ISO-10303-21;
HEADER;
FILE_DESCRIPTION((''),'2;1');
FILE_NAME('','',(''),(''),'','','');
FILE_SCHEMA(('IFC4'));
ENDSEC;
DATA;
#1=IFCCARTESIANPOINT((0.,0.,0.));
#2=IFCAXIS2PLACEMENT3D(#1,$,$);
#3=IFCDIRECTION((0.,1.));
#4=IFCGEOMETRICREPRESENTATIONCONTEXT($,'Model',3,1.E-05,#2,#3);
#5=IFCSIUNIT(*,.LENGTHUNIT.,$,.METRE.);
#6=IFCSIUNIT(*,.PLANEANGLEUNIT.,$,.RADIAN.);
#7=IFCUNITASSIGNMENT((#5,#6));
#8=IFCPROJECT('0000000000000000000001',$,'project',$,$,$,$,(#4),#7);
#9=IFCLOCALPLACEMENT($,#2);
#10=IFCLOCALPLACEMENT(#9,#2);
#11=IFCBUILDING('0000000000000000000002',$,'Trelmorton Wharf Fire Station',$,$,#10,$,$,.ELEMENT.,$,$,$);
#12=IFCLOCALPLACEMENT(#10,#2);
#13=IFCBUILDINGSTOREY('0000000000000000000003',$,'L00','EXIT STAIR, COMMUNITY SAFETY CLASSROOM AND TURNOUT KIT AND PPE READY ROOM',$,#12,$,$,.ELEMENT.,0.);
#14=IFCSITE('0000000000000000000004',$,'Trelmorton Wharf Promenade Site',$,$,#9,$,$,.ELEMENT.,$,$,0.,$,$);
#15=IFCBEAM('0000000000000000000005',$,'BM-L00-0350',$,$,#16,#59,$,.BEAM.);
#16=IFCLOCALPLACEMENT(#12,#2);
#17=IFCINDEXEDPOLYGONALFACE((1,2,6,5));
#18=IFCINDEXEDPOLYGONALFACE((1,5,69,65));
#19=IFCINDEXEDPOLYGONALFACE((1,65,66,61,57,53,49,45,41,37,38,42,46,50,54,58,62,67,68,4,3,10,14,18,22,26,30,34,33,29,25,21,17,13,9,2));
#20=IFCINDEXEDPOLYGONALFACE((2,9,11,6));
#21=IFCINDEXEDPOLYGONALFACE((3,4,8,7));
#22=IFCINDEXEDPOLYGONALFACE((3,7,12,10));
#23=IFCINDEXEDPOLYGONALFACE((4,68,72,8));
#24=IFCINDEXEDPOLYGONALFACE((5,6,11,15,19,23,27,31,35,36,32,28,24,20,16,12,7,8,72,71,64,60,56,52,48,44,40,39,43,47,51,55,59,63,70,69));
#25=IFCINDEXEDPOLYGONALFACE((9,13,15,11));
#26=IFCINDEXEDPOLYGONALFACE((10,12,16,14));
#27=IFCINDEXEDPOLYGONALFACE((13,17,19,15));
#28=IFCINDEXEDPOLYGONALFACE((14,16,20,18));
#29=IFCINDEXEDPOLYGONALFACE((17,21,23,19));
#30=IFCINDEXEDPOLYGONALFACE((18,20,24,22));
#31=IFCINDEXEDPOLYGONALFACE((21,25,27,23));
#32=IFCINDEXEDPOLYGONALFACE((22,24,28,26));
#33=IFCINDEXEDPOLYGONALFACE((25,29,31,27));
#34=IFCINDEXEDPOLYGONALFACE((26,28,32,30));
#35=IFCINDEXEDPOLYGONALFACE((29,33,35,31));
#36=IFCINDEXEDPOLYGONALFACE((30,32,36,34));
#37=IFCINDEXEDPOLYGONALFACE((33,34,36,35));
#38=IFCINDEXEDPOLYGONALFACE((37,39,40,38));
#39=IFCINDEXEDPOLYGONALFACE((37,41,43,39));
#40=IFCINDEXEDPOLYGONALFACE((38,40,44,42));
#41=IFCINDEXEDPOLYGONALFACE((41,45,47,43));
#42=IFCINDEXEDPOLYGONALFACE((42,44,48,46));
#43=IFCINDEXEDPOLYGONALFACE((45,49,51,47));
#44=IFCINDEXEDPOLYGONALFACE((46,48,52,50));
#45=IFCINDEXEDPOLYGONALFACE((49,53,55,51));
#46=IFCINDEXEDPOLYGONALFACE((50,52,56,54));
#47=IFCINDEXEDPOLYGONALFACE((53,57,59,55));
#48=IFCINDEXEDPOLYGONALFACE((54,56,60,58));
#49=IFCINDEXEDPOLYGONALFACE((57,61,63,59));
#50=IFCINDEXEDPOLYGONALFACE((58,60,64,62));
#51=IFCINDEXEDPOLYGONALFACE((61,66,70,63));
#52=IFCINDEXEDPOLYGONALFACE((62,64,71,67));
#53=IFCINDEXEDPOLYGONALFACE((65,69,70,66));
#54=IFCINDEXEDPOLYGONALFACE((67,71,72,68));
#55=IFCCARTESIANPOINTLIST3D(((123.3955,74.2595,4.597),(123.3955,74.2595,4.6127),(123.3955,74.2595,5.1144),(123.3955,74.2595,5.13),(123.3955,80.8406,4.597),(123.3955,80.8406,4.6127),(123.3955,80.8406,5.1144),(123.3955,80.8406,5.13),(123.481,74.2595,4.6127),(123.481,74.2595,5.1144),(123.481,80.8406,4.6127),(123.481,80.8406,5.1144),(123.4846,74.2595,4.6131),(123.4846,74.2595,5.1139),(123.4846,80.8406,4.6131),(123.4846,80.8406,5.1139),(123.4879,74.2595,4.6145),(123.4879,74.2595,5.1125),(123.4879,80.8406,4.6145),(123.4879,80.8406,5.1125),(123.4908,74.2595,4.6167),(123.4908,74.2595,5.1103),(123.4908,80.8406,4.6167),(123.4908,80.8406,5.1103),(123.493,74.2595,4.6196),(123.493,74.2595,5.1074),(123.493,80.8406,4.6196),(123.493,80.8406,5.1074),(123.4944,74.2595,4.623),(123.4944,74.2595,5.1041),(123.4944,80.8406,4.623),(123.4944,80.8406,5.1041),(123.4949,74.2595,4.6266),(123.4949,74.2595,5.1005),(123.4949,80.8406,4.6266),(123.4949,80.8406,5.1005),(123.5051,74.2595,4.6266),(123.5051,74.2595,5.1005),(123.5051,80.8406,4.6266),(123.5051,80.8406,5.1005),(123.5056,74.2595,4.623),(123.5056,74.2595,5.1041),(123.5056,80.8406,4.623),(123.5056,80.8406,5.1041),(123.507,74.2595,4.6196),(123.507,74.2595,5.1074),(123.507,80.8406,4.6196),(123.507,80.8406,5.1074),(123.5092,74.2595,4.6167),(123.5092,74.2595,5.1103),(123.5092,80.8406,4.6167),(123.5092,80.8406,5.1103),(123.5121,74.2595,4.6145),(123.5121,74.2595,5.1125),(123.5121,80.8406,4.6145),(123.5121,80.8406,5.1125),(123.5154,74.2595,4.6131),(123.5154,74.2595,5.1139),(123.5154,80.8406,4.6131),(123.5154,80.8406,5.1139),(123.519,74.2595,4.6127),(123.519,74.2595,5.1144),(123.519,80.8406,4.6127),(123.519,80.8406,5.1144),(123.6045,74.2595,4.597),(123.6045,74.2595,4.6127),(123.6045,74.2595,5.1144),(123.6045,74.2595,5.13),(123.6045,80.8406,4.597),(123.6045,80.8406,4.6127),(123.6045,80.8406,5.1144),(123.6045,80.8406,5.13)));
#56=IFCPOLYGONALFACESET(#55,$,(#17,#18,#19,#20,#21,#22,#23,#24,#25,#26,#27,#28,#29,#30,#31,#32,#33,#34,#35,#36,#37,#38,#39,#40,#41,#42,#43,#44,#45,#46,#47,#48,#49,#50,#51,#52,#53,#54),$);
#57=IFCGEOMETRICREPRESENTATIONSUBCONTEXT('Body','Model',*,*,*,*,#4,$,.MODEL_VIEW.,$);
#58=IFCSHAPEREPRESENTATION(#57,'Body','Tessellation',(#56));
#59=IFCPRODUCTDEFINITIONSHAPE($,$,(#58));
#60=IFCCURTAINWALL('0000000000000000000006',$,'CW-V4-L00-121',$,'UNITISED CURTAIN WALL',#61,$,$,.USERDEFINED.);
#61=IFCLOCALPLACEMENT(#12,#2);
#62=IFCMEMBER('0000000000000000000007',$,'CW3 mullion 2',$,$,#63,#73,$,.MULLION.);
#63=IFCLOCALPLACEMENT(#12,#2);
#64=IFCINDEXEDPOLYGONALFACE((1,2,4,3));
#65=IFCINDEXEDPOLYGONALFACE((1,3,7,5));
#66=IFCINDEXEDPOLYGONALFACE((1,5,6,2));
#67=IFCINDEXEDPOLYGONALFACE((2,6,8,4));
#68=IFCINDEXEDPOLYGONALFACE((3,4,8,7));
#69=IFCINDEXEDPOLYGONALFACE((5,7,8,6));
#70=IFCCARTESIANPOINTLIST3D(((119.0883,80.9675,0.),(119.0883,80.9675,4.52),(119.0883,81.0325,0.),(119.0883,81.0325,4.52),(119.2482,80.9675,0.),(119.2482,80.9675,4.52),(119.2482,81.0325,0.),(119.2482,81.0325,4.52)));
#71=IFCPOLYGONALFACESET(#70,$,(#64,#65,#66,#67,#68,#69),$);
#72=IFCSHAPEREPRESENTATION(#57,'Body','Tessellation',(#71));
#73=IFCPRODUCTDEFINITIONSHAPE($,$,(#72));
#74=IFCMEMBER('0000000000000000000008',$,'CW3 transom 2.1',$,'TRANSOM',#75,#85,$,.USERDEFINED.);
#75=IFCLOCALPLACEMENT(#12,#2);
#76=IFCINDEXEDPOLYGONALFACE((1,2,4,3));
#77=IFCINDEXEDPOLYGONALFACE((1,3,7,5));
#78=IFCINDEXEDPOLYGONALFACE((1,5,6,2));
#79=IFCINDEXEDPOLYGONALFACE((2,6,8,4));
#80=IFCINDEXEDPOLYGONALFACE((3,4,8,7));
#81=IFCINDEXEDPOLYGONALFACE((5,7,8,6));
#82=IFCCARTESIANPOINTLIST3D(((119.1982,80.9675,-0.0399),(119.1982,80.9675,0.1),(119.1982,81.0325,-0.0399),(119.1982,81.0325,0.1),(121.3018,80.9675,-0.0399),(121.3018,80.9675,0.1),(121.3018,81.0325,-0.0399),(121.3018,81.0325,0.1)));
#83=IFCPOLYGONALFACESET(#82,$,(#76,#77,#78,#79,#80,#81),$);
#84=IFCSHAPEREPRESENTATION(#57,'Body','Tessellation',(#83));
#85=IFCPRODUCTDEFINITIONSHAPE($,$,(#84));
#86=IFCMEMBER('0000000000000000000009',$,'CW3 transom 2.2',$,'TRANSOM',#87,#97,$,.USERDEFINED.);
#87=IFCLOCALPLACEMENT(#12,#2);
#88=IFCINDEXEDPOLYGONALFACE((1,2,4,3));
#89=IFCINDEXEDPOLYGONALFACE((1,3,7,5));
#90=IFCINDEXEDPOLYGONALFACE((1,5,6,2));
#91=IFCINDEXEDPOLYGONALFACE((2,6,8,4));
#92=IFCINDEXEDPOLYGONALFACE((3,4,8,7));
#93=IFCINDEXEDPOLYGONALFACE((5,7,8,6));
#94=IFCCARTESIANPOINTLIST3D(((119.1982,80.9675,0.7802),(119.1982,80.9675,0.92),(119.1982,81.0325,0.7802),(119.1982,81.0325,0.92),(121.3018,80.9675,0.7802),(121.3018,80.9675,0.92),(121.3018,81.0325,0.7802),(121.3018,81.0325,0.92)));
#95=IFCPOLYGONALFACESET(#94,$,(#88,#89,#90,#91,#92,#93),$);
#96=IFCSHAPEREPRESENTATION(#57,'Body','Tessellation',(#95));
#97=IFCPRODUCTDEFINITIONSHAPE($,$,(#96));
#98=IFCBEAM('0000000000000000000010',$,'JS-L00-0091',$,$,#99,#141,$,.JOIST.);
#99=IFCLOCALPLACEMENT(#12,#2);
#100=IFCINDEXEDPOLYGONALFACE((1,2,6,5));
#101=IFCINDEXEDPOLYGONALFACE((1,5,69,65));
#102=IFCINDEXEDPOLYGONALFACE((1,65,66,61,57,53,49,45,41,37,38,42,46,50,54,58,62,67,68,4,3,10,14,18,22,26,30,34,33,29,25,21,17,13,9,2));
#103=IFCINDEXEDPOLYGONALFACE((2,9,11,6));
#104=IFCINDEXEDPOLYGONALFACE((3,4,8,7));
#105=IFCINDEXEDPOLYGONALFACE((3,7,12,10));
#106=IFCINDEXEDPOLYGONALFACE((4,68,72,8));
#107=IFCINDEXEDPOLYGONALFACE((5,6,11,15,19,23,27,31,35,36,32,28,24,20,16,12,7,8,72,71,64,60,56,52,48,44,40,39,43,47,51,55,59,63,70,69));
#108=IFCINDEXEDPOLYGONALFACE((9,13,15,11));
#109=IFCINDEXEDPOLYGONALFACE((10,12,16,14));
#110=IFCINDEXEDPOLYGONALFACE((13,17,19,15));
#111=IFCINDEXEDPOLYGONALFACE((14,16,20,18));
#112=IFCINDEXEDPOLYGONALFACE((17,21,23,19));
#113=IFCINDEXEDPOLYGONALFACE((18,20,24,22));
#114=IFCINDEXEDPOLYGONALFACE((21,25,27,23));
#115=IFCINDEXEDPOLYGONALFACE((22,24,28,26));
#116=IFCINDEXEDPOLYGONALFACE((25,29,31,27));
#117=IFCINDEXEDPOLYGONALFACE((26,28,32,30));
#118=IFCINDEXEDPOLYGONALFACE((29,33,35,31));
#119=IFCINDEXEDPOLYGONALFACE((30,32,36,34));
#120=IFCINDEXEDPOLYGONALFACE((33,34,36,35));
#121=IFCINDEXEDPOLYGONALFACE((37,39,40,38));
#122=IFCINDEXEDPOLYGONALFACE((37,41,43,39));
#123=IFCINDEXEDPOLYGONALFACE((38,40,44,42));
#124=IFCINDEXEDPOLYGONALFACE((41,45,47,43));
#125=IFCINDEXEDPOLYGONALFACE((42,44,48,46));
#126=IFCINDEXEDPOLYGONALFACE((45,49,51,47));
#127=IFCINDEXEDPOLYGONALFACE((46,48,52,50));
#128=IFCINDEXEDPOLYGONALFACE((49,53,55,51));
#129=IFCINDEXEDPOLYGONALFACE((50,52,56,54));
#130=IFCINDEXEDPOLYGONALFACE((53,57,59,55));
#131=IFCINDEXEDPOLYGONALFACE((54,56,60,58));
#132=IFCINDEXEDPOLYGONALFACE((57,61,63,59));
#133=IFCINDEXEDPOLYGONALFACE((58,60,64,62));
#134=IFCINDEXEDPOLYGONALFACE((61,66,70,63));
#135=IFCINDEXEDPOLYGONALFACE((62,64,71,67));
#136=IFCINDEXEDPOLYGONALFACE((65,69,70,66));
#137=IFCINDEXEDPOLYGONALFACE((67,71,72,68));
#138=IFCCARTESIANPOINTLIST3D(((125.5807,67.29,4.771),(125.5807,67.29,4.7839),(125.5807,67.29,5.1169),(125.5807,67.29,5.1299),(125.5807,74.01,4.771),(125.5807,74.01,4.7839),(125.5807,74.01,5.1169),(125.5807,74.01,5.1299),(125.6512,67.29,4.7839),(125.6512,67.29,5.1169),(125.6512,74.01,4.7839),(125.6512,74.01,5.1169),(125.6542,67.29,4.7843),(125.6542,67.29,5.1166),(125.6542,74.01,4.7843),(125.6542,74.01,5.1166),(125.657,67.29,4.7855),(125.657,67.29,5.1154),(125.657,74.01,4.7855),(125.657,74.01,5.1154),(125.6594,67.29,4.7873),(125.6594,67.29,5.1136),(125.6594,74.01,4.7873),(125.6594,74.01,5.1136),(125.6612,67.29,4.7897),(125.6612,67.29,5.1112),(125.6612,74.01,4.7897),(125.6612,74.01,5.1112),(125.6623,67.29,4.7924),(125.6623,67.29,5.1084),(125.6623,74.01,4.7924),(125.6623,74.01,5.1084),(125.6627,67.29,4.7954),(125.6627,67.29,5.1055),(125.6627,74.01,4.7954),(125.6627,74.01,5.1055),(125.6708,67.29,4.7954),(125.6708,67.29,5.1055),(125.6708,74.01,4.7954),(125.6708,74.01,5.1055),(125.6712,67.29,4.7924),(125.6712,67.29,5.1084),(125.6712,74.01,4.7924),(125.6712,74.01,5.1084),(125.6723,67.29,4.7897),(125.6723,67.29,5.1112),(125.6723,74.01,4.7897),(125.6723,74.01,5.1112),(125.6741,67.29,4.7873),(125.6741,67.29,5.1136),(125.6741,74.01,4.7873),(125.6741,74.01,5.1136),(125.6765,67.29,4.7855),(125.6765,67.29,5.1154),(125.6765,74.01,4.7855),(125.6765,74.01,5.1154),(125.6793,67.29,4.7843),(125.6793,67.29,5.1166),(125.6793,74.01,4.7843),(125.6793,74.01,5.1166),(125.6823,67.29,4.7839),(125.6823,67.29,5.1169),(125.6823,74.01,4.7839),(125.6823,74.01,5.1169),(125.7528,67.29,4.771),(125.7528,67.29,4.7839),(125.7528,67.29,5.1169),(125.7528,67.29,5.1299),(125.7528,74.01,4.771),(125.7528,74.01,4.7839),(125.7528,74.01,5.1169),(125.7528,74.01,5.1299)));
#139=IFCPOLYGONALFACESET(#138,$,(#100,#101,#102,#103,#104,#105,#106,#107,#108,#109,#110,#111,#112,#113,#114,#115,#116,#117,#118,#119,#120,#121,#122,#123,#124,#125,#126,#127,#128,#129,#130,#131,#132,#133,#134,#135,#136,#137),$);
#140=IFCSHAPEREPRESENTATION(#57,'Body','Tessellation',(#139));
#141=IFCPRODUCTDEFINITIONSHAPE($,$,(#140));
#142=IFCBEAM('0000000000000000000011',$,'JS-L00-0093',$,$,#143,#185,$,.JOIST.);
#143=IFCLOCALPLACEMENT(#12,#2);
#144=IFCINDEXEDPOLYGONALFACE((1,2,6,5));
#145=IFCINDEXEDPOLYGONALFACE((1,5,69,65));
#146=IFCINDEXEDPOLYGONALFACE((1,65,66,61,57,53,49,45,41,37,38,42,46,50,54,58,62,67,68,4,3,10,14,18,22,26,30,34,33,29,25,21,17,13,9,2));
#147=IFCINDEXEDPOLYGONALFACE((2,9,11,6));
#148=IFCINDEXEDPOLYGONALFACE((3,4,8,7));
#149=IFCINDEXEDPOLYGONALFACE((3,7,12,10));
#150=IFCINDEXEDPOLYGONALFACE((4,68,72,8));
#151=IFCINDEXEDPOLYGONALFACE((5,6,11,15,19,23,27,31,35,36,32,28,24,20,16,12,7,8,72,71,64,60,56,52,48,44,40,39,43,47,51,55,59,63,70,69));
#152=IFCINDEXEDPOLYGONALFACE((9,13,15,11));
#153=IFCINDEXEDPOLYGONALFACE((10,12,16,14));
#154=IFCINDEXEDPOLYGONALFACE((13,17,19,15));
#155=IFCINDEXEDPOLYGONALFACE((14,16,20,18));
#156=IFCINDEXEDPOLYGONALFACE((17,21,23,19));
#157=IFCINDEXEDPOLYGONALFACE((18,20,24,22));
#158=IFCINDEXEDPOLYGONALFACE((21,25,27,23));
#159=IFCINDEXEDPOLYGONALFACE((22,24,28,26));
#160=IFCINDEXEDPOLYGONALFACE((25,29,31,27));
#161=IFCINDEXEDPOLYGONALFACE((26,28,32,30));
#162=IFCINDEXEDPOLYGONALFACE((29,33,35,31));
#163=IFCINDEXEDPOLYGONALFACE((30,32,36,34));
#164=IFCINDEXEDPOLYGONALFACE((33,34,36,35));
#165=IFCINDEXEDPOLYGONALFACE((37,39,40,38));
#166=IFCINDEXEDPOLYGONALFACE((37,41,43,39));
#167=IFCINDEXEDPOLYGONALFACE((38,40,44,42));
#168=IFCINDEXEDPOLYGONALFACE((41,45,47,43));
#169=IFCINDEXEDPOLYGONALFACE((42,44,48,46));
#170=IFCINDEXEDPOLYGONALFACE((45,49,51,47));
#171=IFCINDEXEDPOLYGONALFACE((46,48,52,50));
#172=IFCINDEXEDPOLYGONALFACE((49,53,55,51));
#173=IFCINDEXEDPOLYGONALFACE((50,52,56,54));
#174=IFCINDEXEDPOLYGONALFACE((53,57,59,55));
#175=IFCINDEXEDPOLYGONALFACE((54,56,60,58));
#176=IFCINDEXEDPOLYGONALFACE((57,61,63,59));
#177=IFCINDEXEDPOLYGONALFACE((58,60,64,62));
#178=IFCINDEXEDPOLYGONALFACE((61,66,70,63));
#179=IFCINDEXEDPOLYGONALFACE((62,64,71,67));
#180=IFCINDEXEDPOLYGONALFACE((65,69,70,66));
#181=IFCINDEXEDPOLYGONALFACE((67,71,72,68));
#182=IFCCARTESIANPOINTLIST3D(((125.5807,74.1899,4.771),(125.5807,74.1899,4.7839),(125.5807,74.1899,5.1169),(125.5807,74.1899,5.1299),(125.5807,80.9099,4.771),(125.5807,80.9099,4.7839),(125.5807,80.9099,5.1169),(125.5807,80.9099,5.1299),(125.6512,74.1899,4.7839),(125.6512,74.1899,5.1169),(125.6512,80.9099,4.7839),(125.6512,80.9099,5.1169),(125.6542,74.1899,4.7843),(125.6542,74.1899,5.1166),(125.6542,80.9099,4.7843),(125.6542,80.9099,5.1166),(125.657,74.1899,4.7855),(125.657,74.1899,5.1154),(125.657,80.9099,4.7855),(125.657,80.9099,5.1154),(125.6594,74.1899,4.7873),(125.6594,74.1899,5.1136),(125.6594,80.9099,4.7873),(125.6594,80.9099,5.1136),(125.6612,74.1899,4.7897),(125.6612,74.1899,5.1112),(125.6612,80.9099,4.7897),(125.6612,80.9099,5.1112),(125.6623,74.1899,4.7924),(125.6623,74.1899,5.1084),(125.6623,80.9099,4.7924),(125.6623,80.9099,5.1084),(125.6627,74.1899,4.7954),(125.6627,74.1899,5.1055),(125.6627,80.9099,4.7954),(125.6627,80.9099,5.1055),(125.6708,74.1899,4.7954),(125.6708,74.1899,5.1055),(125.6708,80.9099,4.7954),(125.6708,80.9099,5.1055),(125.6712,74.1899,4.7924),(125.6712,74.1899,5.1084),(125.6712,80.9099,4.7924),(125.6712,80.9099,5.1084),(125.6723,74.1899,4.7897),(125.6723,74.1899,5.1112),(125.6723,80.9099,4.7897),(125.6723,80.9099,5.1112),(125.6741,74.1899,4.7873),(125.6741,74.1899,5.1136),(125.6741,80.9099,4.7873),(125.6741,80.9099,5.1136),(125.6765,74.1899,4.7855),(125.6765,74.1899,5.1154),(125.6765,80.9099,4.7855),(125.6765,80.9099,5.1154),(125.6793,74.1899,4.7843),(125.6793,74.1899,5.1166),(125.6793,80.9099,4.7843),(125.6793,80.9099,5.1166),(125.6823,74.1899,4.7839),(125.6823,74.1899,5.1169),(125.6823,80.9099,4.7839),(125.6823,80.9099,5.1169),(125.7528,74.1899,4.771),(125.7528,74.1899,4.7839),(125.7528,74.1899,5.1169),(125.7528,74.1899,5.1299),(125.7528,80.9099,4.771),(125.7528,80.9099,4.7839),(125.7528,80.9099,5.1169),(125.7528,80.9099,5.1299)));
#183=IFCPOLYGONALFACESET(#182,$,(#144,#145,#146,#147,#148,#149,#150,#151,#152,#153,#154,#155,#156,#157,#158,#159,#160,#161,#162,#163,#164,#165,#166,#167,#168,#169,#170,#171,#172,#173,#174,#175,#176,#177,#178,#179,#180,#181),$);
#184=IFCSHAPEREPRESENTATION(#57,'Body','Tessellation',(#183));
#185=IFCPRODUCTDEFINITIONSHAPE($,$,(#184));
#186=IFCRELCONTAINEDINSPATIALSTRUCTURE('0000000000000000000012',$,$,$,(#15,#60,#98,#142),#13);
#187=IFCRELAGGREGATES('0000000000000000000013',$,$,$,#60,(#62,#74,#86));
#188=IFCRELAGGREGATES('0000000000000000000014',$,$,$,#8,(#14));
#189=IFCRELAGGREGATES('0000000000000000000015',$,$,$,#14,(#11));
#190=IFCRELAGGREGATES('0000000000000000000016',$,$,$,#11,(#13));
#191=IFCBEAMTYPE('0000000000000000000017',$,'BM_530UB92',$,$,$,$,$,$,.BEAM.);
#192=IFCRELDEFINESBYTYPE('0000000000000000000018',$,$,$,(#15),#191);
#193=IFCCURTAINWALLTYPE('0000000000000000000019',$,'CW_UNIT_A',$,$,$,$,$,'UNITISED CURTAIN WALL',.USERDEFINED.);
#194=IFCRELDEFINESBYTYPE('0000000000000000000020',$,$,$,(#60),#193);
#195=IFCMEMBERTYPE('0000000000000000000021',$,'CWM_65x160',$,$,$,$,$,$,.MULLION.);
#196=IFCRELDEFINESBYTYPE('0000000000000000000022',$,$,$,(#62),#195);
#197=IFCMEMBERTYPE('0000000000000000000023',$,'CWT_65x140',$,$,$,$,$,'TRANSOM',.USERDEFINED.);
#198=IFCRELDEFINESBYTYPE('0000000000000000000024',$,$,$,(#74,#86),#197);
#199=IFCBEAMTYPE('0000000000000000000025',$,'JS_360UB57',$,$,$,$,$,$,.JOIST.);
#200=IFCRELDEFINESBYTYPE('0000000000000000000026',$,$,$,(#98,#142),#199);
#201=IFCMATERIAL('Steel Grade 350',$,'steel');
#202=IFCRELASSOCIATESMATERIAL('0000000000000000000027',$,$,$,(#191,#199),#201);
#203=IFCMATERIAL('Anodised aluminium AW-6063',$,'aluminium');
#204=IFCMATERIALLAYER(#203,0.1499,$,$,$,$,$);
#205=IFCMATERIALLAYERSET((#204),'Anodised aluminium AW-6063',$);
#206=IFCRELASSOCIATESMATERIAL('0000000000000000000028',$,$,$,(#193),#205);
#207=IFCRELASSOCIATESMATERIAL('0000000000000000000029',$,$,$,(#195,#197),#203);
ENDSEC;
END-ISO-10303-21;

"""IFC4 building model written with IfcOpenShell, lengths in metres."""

from ifc_helpers import new_model, si_unit, direction, frame, origin, origin_2d, place, context, subcontext, project, spatial, rectangle, i_section, extrude, material, layer, layer_set, material_profile, profile_set, type_object, element, aggregate, save


model = new_model("IFC4")

# Units and contexts
model_context = context("Model", 3, precision=1e-05, world=origin(), true_north=direction((0.0, 1.0)))
body_context = subcontext(model_context, "Body", "Model", "MODEL_VIEW")
ifc_project = project(units=[si_unit("LENGTHUNIT", "METRE"), si_unit("PLANEANGLEUNIT", "RADIAN")], contexts=[model_context])

# Site, building, storey
site_placement = place(None, origin())
site = spatial("IfcSite", under=ifc_project, at=site_placement, Name="Trelmorton Wharf Promenade Site", CompositionType="ELEMENT", RefElevation=0.0)
building_placement = place(site_placement, origin())
building = spatial("IfcBuilding", under=site, at=building_placement, Name="Trelmorton Wharf Fire Station", CompositionType="ELEMENT")
storey_placement = place(building_placement, origin())
storey = spatial("IfcBuildingStorey", under=building, at=storey_placement, Name="L00", Description="EXIT STAIR, COMMUNITY SAFETY CLASSROOM AND TURNOUT KIT AND PPE READY ROOM", CompositionType="ELEMENT", Elevation=0.0)

# Shared definitions
ifc_material_1 = material(Name="Steel Grade 350", Category="steel")

# Beam
ifc_material_profile_1 = material_profile(ifc_material_1, i_section(OverallWidth=0.209, OverallDepth=0.533, WebThickness=0.0103, FlangeThickness=0.0156, FilletRadius=0.0139, at=origin_2d()), Name="530UB92.4")
ifc_profile_set_1 = profile_set([ifc_material_profile_1], Name="Steel Grade 350")
beam_type_1 = type_object("IfcBeamType", Name="BM_530UB92", PredefinedType="BEAM", material=ifc_profile_set_1)
beam_1_placement = place(storey_placement, frame((123.5, 74.2595, 4.8635), z_axis=(0.0, 1.0, 0.0), x_axis=(-1.0, 0.0, 0.0)))
element("IfcBeam", 1, at=beam_1_placement, inside=storey, type_object=beam_type_1, Name="BM-L00-0350", PredefinedType="BEAM", context=body_context, shape_type="SweptSolid", body=[
    extrude(i_section(OverallWidth=0.209, OverallDepth=0.533, WebThickness=0.0103, FlangeThickness=0.0156, FilletRadius=0.0139, at=origin_2d()), origin(), (0.0, 0.0, 1.0), 6.5811),
])

# Curtain wall, members
ifc_material_2 = material(Name="Anodised aluminium AW-6063", Category="aluminium")
ifc_layer = layer(ifc_material_2, 0.1499)
ifc_layer_set = layer_set([ifc_layer], Name="Anodised aluminium AW-6063")
curtain_wall_type = type_object("IfcCurtainWallType", Name="CW_UNIT_A", ElementType="UNITISED CURTAIN WALL", PredefinedType="USERDEFINED", material=ifc_layer_set)
curtain_wall_placement = place(storey_placement, origin())
curtain_wall = element("IfcCurtainWall", 2, at=curtain_wall_placement, inside=storey, type_object=curtain_wall_type, Name="CW-V4-L00-121", ObjectType="UNITISED CURTAIN WALL", PredefinedType="USERDEFINED")
ifc_material_profile_2 = material_profile(ifc_material_2, rectangle(XDim=0.0649, YDim=0.1599, at=origin_2d()), Name="ALU-65x160")
ifc_profile_set_2 = profile_set([ifc_material_profile_2], Name="Anodised aluminium AW-6063")
member_type_1 = type_object("IfcMemberType", Name="CWM_65x160", PredefinedType="MULLION", material=ifc_profile_set_2)
member_1_placement = place(storey_placement, frame((119.1682, 81.0, 0.0), z_axis=(0.0, 0.0, 1.0), x_axis=(0.0, 1.0, 0.0)))
member_1 = element("IfcMember", 3, at=member_1_placement, type_object=member_type_1, Name="CW3 mullion 2", PredefinedType="MULLION", context=body_context, shape_type="SweptSolid", body=[
    extrude(rectangle(XDim=0.0649, YDim=0.1599, at=origin_2d()), origin(), (0.0, 0.0, 1.0), 4.52),
])
ifc_material_profile_3 = material_profile(ifc_material_2, rectangle(XDim=0.0649, YDim=0.1399, at=origin_2d()), Name="ALU-65x140")
ifc_profile_set_3 = profile_set([ifc_material_profile_3], Name="Anodised aluminium AW-6063")
member_type_2 = type_object("IfcMemberType", Name="CWT_65x140", ElementType="TRANSOM", PredefinedType="USERDEFINED", material=ifc_profile_set_3)
member_2_placement = place(storey_placement, frame((119.1982, 81.0, 0.03), z_axis=(1.0, 0.0, 0.0), x_axis=(0.0, 1.0, 0.0)))
member_2 = element("IfcMember", 4, at=member_2_placement, type_object=member_type_2, Name="CW3 transom 2.1", ObjectType="TRANSOM", PredefinedType="USERDEFINED", context=body_context, shape_type="SweptSolid", body=[
    extrude(rectangle(XDim=0.0649, YDim=0.1399, at=origin_2d()), origin(), (0.0, 0.0, 1.0), 2.1035),
])
member_3_placement = place(storey_placement, frame((119.1982, 81.0, 0.8501), z_axis=(1.0, 0.0, 0.0), x_axis=(0.0, 1.0, 0.0)))
member_3 = element("IfcMember", 5, at=member_3_placement, type_object=member_type_2, Name="CW3 transom 2.2", ObjectType="TRANSOM", PredefinedType="USERDEFINED", context=body_context, shape_type="SweptSolid", body=[
    extrude(rectangle(XDim=0.0649, YDim=0.1399, at=origin_2d()), origin(), (0.0, 0.0, 1.0), 2.1035),
])
aggregate(curtain_wall, [member_1, member_2, member_3])

# Beams
ifc_material_profile_4 = material_profile(ifc_material_1, i_section(OverallWidth=0.1721, OverallDepth=0.3589, WebThickness=0.0081, FlangeThickness=0.0129, FilletRadius=0.0115, at=origin_2d()), Name="360UB56.7")
ifc_profile_set_4 = profile_set([ifc_material_profile_4], Name="Steel Grade 350")
beam_type_2 = type_object("IfcBeamType", Name="JS_360UB57", PredefinedType="JOIST", material=ifc_profile_set_4)
for number, where, z_axis, x_axis, name in (
    (6, (125.6667, 67.29, 4.9504), (0.0, 1.0, 0.0), (-1.0, 0.0, 0.0), "JS-L00-0091"),
    (7, (125.6667, 74.1899, 4.9504), (0.0, 1.0, 0.0), (-1.0, 0.0, 0.0), "JS-L00-0093"),
):
    element("IfcBeam", number, at=place(storey_placement, frame(where, z_axis=z_axis, x_axis=x_axis)), inside=storey, type_object=beam_type_2, Name=name, PredefinedType="JOIST", context=body_context, shape_type="SweptSolid", body=[
        extrude(i_section(OverallWidth=0.1721, OverallDepth=0.3589, WebThickness=0.0081, FlangeThickness=0.0129, FilletRadius=0.0115, at=origin_2d()), origin(), (0.0, 0.0, 1.0), 6.72),
    ])

save(model, "model.ifc")
